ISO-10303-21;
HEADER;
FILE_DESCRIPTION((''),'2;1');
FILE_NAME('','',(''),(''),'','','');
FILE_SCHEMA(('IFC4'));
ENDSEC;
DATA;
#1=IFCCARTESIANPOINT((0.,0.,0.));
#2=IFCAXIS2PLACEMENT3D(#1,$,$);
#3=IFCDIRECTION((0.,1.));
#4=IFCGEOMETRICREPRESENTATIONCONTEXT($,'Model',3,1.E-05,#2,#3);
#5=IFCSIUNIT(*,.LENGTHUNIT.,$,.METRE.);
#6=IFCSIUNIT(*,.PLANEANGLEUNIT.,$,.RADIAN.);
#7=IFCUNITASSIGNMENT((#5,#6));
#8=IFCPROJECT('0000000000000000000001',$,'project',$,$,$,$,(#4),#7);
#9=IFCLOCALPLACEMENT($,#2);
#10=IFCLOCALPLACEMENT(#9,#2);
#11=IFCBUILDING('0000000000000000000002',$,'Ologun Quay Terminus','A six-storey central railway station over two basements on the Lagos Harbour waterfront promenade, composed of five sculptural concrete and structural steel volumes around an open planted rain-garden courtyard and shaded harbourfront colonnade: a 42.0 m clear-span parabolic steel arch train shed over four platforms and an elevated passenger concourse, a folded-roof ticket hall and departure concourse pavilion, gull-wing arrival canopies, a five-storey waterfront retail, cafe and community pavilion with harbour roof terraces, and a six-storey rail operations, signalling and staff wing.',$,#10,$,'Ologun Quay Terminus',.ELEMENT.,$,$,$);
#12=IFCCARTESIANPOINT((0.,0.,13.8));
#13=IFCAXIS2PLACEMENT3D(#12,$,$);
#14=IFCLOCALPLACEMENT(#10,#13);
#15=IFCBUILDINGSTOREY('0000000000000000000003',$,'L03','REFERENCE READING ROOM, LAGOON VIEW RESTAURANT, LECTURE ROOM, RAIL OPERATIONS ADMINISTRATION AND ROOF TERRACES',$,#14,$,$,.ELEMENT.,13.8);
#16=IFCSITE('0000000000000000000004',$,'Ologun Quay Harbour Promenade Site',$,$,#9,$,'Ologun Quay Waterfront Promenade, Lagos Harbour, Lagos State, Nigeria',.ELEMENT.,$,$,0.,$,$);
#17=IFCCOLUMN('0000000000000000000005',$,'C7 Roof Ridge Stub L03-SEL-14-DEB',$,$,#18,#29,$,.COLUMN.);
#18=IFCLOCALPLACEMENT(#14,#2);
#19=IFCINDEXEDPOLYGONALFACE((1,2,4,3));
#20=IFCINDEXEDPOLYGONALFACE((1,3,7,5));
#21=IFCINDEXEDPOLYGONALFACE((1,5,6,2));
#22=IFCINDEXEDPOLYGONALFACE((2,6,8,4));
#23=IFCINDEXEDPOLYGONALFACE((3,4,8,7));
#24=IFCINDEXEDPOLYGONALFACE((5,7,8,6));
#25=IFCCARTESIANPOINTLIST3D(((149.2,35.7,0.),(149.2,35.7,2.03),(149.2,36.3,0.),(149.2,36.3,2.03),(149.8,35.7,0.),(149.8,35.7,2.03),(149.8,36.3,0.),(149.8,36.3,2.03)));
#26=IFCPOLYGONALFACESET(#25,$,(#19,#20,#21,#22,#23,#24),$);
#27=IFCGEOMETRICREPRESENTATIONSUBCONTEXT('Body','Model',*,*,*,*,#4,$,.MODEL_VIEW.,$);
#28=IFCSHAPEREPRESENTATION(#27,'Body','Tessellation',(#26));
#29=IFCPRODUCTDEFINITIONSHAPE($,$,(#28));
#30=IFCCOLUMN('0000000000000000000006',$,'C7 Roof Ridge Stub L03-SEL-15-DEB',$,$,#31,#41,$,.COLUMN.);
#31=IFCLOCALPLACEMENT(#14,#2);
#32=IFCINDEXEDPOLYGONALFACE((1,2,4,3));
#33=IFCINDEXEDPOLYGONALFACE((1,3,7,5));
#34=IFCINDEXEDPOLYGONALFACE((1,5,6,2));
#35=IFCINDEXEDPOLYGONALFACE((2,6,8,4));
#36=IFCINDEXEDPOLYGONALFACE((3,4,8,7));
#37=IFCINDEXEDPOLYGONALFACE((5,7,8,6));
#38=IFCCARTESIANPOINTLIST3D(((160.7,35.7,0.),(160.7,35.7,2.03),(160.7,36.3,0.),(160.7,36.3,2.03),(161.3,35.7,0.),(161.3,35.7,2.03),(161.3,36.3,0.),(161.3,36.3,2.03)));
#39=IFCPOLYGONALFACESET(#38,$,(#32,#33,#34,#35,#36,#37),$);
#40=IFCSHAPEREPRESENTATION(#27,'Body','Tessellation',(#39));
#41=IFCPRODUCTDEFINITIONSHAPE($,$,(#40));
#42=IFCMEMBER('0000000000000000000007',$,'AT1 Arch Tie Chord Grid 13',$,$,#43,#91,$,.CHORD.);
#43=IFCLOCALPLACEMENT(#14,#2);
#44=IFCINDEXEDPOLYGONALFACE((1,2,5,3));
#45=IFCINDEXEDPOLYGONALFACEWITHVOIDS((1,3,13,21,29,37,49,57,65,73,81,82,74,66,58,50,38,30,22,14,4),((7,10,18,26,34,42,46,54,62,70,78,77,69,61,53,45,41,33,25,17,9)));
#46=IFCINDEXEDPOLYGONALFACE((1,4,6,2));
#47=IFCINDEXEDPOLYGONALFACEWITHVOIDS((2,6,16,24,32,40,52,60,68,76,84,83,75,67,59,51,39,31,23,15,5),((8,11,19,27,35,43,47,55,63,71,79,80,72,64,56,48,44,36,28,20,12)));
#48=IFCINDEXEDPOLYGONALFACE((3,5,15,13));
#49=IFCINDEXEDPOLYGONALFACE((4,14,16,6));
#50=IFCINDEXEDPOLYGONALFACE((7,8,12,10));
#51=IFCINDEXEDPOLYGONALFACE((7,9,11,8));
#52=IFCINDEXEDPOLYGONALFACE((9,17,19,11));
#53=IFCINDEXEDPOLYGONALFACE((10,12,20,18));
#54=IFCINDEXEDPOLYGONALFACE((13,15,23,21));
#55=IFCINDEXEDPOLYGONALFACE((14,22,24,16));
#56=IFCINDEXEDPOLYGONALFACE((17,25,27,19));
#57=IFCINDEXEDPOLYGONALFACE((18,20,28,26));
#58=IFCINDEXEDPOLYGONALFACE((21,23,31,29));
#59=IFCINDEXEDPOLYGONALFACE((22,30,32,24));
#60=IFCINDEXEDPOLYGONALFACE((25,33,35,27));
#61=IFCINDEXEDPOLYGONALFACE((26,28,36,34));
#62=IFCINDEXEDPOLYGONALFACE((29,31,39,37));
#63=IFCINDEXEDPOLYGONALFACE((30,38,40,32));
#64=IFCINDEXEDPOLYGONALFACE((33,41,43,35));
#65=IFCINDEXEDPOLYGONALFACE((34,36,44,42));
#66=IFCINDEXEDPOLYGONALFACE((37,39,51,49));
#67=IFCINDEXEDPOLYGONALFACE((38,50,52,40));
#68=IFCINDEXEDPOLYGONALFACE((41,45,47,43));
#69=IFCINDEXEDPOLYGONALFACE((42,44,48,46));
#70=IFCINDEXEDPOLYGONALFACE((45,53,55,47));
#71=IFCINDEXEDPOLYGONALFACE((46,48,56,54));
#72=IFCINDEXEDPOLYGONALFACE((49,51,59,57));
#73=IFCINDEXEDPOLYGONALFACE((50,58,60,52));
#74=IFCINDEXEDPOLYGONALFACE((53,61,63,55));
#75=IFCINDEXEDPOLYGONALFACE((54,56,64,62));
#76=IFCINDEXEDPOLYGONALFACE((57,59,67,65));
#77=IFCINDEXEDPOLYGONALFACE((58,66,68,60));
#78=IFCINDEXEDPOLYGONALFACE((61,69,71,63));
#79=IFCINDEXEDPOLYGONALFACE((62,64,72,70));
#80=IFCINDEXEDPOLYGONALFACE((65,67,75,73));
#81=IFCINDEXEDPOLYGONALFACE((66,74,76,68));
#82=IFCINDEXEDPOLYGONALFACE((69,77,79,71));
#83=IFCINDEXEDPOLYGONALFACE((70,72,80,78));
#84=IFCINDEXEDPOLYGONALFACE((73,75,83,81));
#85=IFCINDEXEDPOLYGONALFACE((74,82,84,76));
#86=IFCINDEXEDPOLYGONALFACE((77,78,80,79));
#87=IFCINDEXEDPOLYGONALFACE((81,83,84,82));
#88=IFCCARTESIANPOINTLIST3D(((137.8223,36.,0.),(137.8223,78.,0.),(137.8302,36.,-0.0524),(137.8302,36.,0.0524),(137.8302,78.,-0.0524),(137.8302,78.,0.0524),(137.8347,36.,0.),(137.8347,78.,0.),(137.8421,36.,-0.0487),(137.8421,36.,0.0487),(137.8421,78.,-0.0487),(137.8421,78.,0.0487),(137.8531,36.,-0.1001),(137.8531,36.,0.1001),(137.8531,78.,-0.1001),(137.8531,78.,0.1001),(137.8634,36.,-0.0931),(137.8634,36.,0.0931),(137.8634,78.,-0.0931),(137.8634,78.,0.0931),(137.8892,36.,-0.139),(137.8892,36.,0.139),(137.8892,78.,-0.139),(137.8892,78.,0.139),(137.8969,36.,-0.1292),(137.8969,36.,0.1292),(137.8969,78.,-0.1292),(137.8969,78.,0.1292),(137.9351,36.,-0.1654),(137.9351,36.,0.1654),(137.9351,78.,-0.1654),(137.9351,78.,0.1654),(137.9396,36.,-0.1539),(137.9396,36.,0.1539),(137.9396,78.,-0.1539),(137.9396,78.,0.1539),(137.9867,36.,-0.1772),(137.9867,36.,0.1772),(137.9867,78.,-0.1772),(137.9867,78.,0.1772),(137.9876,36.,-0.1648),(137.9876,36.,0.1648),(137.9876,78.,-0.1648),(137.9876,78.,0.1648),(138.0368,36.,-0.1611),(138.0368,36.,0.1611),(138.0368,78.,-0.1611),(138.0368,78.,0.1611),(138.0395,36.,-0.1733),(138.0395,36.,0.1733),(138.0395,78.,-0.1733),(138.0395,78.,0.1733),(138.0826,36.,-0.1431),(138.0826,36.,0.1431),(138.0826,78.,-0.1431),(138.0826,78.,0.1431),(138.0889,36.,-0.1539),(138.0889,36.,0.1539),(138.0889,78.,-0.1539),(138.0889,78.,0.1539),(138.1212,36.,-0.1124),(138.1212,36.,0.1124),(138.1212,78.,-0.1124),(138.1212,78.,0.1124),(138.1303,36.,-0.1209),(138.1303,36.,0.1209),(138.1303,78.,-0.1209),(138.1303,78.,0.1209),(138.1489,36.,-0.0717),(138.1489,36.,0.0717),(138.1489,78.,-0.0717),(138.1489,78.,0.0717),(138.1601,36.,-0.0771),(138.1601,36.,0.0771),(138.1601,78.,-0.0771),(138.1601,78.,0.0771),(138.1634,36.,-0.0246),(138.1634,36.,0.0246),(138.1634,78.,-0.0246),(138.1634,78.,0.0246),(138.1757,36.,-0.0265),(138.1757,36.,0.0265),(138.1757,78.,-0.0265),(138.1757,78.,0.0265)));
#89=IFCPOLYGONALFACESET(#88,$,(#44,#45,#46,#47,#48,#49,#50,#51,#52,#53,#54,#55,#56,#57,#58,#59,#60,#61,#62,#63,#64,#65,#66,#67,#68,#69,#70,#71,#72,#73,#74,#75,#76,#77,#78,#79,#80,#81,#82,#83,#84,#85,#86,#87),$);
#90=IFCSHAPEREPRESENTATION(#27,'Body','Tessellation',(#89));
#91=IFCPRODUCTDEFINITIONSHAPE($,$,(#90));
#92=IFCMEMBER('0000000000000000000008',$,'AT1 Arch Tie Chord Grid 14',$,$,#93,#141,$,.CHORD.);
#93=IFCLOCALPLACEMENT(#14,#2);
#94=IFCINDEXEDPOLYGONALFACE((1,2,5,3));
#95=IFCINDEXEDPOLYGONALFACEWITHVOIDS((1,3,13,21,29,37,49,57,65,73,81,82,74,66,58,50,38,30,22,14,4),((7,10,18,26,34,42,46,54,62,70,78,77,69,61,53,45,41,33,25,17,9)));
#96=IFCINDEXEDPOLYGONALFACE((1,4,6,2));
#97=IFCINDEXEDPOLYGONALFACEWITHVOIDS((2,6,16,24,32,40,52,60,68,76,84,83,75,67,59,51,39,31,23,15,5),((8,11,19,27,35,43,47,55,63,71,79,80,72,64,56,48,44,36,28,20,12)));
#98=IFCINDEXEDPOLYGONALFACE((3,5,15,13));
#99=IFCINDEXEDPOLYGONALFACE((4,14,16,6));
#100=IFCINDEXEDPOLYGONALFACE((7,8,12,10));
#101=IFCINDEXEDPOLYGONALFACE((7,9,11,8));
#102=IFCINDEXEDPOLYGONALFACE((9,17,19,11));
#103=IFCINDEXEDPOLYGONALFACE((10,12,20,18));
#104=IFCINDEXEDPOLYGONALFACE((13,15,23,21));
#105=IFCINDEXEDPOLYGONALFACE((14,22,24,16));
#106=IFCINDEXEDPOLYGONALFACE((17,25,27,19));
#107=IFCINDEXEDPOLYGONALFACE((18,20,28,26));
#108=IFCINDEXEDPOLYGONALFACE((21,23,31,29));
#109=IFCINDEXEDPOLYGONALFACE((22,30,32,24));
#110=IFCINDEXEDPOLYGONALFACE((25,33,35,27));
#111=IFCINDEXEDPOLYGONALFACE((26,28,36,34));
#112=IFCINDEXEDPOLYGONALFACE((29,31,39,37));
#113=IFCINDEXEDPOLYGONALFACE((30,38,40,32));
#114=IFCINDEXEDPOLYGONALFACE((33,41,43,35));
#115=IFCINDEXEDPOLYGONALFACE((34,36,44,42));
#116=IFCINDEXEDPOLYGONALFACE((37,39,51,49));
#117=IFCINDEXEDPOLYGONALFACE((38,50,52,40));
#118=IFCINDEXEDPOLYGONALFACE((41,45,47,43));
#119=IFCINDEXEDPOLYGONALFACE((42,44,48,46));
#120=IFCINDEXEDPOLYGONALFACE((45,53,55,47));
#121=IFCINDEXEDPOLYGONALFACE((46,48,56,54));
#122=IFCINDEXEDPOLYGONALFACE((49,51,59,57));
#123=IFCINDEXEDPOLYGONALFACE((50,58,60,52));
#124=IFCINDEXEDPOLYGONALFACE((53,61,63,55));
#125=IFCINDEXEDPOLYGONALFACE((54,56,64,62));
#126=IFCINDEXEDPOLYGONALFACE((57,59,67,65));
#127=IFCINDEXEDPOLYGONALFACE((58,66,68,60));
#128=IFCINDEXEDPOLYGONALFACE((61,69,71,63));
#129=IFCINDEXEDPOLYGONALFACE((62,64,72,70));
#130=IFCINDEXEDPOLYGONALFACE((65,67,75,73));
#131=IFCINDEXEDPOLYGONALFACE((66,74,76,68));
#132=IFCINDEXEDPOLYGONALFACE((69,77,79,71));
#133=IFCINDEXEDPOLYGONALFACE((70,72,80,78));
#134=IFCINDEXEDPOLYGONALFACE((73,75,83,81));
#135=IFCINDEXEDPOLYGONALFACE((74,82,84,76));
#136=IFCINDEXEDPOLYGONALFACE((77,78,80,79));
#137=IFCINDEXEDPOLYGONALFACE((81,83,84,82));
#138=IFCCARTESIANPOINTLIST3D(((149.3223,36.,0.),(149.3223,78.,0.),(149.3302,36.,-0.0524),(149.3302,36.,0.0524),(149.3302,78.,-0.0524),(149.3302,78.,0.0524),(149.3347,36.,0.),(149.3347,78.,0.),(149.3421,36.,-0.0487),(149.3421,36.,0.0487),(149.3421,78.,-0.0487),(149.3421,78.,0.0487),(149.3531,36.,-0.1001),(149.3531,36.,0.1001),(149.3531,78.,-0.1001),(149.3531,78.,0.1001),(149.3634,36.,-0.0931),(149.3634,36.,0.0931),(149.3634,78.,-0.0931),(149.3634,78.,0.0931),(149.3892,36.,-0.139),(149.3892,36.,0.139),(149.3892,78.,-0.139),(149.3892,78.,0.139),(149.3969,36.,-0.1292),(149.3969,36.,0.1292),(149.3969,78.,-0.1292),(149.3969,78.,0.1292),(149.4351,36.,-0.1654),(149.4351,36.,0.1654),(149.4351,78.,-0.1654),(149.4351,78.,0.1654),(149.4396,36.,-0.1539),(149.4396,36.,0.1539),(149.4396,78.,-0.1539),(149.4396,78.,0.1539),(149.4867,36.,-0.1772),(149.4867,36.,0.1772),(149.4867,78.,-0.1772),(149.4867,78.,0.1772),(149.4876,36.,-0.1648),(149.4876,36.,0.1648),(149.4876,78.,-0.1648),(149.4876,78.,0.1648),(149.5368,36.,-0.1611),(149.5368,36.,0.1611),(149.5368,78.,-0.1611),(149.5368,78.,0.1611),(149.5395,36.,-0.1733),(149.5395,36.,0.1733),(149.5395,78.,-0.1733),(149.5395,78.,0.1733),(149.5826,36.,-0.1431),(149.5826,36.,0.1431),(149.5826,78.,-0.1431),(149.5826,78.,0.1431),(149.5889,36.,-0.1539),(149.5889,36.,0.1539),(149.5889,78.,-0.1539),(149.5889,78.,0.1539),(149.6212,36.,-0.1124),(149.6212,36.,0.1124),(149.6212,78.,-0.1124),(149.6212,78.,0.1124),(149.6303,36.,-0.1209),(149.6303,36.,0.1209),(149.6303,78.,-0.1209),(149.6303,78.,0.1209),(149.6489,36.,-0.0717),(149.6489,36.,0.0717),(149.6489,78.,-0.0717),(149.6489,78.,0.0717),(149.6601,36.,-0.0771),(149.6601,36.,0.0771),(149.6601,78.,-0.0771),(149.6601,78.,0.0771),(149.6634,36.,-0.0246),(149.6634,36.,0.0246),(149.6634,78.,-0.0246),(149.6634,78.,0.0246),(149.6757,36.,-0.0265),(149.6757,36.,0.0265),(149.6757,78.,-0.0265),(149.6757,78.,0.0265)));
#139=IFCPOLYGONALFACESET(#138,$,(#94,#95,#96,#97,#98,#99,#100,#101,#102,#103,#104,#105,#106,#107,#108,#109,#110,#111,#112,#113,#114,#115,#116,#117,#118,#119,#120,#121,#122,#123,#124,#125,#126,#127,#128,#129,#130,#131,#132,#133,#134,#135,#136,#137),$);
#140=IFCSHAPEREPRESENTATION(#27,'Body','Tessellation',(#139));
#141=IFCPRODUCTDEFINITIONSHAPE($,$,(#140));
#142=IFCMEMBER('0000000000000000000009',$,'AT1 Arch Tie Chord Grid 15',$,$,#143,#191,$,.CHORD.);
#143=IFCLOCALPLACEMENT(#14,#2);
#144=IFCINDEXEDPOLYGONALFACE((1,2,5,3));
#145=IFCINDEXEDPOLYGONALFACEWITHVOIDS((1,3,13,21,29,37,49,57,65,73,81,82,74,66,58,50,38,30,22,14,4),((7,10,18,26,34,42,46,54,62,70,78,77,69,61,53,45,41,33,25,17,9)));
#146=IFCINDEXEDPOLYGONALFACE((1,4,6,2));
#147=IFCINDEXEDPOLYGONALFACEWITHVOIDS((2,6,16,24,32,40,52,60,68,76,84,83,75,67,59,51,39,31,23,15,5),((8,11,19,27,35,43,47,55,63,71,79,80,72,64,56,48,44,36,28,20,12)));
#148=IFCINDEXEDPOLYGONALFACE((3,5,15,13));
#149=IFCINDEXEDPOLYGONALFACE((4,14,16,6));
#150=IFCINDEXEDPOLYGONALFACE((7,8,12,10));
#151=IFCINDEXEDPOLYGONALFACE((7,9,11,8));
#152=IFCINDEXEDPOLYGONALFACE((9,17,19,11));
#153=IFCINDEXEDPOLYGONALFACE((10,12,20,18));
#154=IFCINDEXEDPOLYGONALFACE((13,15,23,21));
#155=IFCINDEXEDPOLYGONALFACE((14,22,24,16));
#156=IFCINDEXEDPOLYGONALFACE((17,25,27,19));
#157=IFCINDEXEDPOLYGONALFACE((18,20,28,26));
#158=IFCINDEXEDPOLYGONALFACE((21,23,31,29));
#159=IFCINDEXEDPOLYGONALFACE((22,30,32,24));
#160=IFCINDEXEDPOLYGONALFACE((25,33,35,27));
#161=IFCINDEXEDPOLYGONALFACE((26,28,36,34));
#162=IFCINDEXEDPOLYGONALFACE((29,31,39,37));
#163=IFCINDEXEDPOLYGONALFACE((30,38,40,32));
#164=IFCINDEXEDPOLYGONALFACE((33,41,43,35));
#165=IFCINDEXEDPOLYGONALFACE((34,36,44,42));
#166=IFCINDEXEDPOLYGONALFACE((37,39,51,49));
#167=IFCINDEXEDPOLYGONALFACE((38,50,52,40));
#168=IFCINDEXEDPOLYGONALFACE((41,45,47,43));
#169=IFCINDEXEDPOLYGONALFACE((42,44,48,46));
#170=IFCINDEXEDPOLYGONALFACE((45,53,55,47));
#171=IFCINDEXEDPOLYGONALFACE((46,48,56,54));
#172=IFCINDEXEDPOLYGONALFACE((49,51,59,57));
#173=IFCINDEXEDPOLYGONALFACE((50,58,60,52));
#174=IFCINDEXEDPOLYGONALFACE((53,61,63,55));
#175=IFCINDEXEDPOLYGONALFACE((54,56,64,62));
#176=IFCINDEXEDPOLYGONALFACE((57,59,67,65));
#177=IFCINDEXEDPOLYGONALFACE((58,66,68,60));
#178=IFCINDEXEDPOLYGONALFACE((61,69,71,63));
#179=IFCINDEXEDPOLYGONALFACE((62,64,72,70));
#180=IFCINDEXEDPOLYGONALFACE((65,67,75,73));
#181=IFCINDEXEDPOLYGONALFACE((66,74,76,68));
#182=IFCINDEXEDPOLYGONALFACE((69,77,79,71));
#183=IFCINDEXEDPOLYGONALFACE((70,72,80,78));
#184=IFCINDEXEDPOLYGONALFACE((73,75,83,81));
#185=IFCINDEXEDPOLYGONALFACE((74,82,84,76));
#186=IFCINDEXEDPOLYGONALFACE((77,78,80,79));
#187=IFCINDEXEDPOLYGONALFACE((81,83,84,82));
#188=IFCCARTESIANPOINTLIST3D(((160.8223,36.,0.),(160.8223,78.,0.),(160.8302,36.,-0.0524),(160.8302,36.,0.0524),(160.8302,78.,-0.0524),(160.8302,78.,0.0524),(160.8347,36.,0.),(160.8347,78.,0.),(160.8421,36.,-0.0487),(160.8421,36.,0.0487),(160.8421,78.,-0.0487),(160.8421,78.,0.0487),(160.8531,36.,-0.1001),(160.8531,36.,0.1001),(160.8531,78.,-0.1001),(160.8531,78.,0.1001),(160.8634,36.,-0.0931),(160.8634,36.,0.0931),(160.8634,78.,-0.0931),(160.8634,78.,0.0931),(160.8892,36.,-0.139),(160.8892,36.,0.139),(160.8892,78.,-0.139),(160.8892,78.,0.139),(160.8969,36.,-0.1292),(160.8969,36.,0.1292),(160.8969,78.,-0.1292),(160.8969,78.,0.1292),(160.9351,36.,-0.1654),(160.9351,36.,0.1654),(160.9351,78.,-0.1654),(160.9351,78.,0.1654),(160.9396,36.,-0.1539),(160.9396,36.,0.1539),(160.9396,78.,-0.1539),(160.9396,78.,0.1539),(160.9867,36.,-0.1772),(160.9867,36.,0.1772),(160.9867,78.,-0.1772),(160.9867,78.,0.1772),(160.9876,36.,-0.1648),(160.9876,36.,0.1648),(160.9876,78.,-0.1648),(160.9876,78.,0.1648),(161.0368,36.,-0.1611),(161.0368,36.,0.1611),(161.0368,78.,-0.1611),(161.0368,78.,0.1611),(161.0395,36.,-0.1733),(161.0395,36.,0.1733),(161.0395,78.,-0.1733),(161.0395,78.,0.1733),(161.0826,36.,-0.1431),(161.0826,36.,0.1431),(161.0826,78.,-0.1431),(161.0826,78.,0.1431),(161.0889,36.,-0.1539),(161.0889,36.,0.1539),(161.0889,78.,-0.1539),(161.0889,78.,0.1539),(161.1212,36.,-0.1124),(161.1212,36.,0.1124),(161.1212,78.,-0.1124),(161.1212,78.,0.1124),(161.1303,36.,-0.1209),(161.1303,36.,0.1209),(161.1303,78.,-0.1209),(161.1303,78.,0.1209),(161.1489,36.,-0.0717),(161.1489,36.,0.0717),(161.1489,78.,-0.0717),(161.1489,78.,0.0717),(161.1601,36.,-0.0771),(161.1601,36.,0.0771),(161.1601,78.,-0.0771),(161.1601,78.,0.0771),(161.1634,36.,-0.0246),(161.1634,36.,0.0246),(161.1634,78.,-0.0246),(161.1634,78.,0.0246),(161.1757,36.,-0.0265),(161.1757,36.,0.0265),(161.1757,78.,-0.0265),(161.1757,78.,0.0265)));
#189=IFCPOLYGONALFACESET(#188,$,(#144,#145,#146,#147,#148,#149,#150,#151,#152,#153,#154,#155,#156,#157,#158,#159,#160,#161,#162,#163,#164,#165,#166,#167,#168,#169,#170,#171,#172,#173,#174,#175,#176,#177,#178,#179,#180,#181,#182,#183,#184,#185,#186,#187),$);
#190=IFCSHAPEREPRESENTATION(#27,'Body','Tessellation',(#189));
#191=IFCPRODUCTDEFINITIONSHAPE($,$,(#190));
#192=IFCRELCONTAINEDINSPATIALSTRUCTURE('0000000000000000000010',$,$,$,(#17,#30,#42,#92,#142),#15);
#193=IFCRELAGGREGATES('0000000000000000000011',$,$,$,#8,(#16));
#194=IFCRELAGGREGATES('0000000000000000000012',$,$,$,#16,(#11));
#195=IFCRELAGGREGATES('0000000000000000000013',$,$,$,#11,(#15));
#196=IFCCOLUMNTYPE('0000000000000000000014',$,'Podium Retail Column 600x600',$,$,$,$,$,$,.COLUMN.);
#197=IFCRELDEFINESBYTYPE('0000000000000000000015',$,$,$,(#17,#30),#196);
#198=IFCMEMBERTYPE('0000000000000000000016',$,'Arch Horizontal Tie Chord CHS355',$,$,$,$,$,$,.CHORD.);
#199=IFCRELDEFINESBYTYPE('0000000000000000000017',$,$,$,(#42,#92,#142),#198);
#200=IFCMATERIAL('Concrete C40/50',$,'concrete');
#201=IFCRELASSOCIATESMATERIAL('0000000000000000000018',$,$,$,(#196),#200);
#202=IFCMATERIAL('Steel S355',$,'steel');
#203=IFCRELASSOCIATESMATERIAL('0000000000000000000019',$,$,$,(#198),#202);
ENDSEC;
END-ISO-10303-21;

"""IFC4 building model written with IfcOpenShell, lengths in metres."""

from ifc_helpers import new_model, si_unit, direction, frame, origin, origin_2d, place, context, subcontext, project, spatial, rectangle, hollow_circle, extrude, material, material_profile, profile_set, type_object, element, save


model = new_model("IFC4")

# Units and contexts
model_context = context("Model", 3, precision=1e-05, world=origin(), true_north=direction((0.0, 1.0)))
body_context = subcontext(model_context, "Body", "Model", "MODEL_VIEW")
ifc_project = project(units=[si_unit("LENGTHUNIT", "METRE"), si_unit("PLANEANGLEUNIT", "RADIAN")], contexts=[model_context])

# Site, building, storey
site_placement = place(None, origin())
site = spatial("IfcSite", under=ifc_project, at=site_placement, Name="Ologun Quay Harbour Promenade Site", LongName="Ologun Quay Waterfront Promenade, Lagos Harbour, Lagos State, Nigeria", CompositionType="ELEMENT", RefElevation=0.0)
building_placement = place(site_placement, origin())
building = spatial("IfcBuilding", under=site, at=building_placement, Name="Ologun Quay Terminus", Description="A six-storey central railway station over two basements on the Lagos Harbour waterfront promenade, composed of five sculptural concrete and structural steel volumes around an open planted rain-garden courtyard and shaded harbourfront colonnade: a 42.0 m clear-span parabolic steel arch train shed over four platforms and an elevated passenger concourse, a folded-roof ticket hall and departure concourse pavilion, gull-wing arrival canopies, a five-storey waterfront retail, cafe and community pavilion with harbour roof terraces, and a six-storey rail operations, signalling and staff wing.", LongName="Ologun Quay Terminus", CompositionType="ELEMENT")
storey_placement = place(building_placement, frame((0.0, 0.0, 13.8)))
storey = spatial("IfcBuildingStorey", under=building, at=storey_placement, Name="L03", Description="REFERENCE READING ROOM, LAGOON VIEW RESTAURANT, LECTURE ROOM, RAIL OPERATIONS ADMINISTRATION AND ROOF TERRACES", CompositionType="ELEMENT", Elevation=13.8)

# Columns
ifc_material_1 = material(Name="Concrete C40/50", Category="concrete")
ifc_material_profile_1 = material_profile(ifc_material_1, rectangle(XDim=0.6001, YDim=0.6001, at=origin_2d()), Name="RC 600x600")
ifc_profile_set_1 = profile_set([ifc_material_profile_1], Name="Concrete C40/50")
column_type = type_object("IfcColumnType", Name="Podium Retail Column 600x600", PredefinedType="COLUMN", material=ifc_profile_set_1)
for number, where, z_axis, x_axis, name in (
    (1, (149.5, 36.0, 0.0), (0.0, 0.0, 1.0), (1.0, 0.0, 0.0), "C7 Roof Ridge Stub L03-SEL-14-DEB"),
    (2, (161.0, 36.0, 0.0), (0.0, 0.0, 1.0), (1.0, 0.0, 0.0), "C7 Roof Ridge Stub L03-SEL-15-DEB"),
):
    element("IfcColumn", number, at=place(storey_placement, frame(where, z_axis=z_axis, x_axis=x_axis)), inside=storey, type_object=column_type, Name=name, PredefinedType="COLUMN", context=body_context, shape_type="SweptSolid", body=[
        extrude(rectangle(XDim=0.6001, YDim=0.6001, at=origin_2d()), origin(), (0.0, 0.0, 1.0), 2.03),
    ])

# Members
ifc_material_2 = material(Name="Steel S355", Category="steel")
ifc_material_profile_2 = material_profile(ifc_material_2, hollow_circle(Radius=0.1777, WallThickness=0.0125, at=origin_2d()), Name="CHS 355.6x12.5")
ifc_profile_set_2 = profile_set([ifc_material_profile_2], Name="Steel S355")
member_type_1 = type_object("IfcMemberType", Name="Arch Horizontal Tie Chord CHS355", PredefinedType="CHORD", material=ifc_profile_set_2)
for number, where, z_axis, x_axis, name in (
    (3, (138.0, 36.0, 0.0), (0.0, 1.0, 0.0), (-1.0, 0.0, 0.0), "AT1 Arch Tie Chord Grid 13"),
    (4, (149.5, 36.0, 0.0), (0.0, 1.0, 0.0), (-1.0, 0.0, 0.0), "AT1 Arch Tie Chord Grid 14"),
    (5, (161.0, 36.0, 0.0), (0.0, 1.0, 0.0), (-1.0, 0.0, 0.0), "AT1 Arch Tie Chord Grid 15"),
):
    element("IfcMember", number, at=place(storey_placement, frame(where, z_axis=z_axis, x_axis=x_axis)), inside=storey, type_object=member_type_1, Name=name, PredefinedType="CHORD", context=body_context, shape_type="SweptSolid", body=[
        extrude(hollow_circle(Radius=0.1777, WallThickness=0.0125, at=origin_2d()), origin(), (0.0, 0.0, 1.0), 42.0),
    ])

save(model, "model.ifc")
